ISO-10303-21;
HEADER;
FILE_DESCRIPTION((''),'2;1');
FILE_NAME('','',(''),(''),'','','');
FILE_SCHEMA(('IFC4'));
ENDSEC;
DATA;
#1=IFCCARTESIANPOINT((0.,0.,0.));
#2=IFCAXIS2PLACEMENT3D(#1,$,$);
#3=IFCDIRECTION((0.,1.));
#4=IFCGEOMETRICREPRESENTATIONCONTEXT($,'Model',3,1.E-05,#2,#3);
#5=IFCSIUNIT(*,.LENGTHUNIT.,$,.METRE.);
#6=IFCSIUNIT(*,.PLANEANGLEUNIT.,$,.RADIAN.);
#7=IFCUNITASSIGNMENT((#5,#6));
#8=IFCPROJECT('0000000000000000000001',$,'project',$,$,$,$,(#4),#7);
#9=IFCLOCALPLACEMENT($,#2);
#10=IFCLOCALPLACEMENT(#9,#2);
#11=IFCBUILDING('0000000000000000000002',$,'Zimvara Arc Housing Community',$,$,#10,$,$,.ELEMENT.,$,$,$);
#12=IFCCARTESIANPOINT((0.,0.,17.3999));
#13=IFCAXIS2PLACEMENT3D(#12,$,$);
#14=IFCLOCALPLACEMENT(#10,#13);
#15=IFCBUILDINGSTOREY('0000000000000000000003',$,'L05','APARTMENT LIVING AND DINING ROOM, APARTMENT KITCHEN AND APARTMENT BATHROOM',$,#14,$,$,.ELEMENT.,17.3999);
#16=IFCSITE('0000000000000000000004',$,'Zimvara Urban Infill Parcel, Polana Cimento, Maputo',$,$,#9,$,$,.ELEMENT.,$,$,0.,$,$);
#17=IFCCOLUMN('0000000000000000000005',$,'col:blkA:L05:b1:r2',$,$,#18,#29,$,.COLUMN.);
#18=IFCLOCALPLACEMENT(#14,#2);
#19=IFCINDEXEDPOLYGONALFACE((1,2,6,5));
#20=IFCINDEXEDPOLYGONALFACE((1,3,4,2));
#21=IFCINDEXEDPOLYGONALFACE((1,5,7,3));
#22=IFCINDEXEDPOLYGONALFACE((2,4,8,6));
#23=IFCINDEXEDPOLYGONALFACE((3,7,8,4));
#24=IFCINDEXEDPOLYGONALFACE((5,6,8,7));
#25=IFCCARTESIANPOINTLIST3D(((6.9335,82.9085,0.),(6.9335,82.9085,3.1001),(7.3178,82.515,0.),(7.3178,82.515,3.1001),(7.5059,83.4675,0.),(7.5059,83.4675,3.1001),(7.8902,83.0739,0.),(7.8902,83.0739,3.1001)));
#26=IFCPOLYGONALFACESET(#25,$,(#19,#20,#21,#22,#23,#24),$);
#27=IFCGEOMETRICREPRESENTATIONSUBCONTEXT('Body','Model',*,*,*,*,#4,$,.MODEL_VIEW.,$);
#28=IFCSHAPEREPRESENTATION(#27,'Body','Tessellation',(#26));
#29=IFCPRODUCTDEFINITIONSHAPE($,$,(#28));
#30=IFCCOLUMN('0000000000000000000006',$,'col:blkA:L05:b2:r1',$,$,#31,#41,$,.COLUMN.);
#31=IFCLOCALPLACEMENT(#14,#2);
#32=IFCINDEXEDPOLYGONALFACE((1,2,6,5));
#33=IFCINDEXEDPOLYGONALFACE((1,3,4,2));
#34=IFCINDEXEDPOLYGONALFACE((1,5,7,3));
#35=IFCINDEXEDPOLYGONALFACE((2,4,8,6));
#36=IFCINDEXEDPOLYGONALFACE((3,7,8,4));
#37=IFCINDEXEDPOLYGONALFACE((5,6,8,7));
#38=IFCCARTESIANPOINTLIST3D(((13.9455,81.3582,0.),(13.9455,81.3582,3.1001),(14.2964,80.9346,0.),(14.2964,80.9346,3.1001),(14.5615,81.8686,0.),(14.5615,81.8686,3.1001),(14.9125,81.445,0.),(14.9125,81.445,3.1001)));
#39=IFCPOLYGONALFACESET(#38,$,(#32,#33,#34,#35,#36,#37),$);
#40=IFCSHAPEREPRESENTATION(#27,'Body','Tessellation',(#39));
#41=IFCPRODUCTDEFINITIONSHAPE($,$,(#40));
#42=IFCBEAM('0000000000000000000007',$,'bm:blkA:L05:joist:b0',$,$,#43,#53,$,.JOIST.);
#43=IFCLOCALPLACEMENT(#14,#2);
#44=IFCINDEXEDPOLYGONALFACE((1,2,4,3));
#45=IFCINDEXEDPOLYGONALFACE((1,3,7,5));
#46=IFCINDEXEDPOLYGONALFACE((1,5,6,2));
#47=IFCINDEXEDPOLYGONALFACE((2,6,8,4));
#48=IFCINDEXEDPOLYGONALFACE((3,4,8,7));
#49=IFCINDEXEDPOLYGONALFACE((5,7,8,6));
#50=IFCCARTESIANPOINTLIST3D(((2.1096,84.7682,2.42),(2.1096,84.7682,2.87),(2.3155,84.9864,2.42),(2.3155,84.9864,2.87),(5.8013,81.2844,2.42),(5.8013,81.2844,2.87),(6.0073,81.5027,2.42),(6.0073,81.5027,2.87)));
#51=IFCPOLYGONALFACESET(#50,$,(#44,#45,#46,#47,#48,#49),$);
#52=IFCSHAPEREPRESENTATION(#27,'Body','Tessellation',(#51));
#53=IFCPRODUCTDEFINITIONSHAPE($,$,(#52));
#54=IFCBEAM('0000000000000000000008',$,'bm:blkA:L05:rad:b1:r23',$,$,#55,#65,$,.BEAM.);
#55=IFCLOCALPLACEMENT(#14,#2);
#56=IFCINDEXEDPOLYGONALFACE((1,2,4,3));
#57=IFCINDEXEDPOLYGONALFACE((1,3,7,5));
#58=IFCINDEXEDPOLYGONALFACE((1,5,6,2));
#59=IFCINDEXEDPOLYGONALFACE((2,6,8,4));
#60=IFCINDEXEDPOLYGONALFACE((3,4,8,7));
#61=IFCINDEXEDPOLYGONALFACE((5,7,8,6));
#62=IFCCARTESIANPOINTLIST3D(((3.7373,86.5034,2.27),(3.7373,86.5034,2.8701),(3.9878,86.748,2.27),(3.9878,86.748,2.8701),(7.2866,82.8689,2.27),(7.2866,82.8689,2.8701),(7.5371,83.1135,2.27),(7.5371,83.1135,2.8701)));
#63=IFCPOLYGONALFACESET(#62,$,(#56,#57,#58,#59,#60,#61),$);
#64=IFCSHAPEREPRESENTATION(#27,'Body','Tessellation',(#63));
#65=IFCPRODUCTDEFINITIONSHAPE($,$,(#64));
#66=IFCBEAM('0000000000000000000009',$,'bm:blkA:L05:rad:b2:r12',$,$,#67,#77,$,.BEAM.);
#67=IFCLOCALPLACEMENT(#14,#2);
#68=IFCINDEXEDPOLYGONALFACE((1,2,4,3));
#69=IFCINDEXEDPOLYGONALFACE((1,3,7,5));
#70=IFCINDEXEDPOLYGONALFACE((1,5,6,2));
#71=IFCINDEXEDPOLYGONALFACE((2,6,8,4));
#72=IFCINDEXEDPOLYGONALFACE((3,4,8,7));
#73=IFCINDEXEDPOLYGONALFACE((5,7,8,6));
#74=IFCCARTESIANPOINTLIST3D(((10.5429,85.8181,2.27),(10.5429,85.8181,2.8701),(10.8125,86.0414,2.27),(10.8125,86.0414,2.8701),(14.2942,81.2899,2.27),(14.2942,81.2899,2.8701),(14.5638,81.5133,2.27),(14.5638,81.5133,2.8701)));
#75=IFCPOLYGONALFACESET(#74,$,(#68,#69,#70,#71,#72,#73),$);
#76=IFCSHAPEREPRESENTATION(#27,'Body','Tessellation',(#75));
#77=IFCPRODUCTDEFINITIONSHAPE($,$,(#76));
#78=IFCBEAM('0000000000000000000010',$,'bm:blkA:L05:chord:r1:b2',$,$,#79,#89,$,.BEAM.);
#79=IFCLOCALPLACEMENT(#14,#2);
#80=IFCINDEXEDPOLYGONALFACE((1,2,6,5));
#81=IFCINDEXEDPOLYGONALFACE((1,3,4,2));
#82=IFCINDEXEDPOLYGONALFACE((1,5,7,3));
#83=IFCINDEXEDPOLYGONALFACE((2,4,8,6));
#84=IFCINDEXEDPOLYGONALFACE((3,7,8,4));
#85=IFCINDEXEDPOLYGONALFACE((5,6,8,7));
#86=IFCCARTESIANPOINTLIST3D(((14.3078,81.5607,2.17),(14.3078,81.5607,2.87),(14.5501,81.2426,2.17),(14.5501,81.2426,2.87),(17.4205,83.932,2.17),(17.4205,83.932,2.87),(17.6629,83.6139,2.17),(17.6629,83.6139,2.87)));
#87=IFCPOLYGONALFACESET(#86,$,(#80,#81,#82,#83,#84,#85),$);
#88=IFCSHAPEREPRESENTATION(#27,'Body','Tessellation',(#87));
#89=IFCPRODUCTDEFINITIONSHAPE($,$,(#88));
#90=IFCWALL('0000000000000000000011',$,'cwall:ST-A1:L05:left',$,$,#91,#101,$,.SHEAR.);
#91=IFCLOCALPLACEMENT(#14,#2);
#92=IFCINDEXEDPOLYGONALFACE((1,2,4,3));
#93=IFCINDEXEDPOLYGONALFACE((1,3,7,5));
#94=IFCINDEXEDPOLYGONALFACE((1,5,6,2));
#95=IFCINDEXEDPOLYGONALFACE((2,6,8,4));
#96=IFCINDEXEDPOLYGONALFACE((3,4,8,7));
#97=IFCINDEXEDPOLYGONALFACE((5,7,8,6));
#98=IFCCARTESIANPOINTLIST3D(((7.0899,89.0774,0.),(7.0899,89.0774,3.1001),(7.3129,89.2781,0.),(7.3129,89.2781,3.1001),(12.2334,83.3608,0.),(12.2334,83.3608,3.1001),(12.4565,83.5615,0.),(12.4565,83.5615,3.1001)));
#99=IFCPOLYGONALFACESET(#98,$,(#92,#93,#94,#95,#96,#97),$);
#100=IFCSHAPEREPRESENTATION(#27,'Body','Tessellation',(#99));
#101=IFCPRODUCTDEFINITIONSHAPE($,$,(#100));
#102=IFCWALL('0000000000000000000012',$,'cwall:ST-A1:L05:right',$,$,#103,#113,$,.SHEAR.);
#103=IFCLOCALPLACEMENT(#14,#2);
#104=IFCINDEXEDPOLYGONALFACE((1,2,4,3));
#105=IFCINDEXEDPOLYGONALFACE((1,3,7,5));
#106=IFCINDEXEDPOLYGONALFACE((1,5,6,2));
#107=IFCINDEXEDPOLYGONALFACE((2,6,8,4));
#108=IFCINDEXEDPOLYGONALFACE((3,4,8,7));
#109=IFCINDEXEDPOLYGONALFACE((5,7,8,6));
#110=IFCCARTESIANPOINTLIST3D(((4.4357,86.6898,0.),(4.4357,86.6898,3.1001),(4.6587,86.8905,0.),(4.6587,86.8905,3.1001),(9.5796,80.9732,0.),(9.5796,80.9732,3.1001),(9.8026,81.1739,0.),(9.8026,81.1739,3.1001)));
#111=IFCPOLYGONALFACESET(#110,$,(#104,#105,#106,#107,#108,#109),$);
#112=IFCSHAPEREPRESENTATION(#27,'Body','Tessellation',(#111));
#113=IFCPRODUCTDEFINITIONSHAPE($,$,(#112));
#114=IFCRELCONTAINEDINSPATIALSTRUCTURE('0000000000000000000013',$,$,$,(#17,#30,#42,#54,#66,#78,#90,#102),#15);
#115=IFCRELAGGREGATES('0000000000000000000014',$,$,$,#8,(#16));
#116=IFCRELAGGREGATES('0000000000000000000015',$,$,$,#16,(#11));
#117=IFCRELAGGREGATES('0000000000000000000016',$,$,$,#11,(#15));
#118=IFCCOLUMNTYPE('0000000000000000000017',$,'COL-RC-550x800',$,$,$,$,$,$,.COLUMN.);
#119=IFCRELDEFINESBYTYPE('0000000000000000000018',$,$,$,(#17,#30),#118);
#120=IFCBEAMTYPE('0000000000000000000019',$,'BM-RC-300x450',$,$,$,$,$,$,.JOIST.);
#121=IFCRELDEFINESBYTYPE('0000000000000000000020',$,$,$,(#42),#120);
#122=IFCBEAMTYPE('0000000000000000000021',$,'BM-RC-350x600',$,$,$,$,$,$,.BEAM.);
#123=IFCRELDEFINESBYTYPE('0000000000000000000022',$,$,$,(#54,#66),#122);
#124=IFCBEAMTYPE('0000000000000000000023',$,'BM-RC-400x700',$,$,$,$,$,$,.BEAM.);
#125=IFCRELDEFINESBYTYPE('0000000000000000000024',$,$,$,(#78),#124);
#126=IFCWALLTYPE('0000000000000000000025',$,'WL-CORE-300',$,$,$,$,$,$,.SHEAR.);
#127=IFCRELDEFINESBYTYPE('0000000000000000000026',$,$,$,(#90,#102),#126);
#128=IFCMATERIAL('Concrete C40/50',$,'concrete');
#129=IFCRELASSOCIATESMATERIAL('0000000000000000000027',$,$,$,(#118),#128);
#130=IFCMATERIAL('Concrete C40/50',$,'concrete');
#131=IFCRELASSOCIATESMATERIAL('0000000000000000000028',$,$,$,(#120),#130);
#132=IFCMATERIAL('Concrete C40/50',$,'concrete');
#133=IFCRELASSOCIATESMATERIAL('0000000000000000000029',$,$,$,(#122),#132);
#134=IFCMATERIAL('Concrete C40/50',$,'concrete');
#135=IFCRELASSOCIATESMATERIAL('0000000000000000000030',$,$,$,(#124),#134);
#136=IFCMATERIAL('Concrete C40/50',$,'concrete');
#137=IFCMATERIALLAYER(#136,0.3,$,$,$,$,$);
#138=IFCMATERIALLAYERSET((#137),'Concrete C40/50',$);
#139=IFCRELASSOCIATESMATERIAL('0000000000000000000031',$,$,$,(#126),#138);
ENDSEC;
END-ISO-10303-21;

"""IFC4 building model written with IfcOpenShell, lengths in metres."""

from ifc_helpers import new_model, si_unit, direction, frame, frame_2d, origin, origin_2d, place, context, subcontext, project, spatial, rectangle, extrude, material, layer, layer_set, material_profile, profile_set, type_object, element, save


model = new_model("IFC4")

# Units and contexts
model_context = context("Model", 3, precision=1e-05, world=origin(), true_north=direction((0.0, 1.0)))
body_context = subcontext(model_context, "Body", "Model", "MODEL_VIEW")
ifc_project = project(units=[si_unit("LENGTHUNIT", "METRE"), si_unit("PLANEANGLEUNIT", "RADIAN")], contexts=[model_context])

# Site, building, storey
site_placement = place(None, origin())
site = spatial("IfcSite", under=ifc_project, at=site_placement, Name="Zimvara Urban Infill Parcel, Polana Cimento, Maputo", CompositionType="ELEMENT", RefElevation=0.0)
building_placement = place(site_placement, origin())
building = spatial("IfcBuilding", under=site, at=building_placement, Name="Zimvara Arc Housing Community", CompositionType="ELEMENT")
storey_placement = place(building_placement, frame((0.0, 0.0, 17.3999)))
storey = spatial("IfcBuildingStorey", under=building, at=storey_placement, Name="L05", Description="APARTMENT LIVING AND DINING ROOM, APARTMENT KITCHEN AND APARTMENT BATHROOM", CompositionType="ELEMENT", Elevation=17.3999)

# Columns
ifc_material_1 = material(Name="Concrete C40/50", Category="concrete")
ifc_material_profile_1 = material_profile(ifc_material_1, rectangle(XDim=0.55, YDim=0.8, at=origin_2d()), Name="RC 550x800")
ifc_profile_set_1 = profile_set([ifc_material_profile_1], Name="Concrete C40/50")
column_type = type_object("IfcColumnType", Name="COL-RC-550x800", PredefinedType="COLUMN", material=ifc_profile_set_1)
for number, where, z_axis, x_axis, name in (
    (1, (7.4119, 82.9912, 0.0), (0.0, 0.0, 1.0), (-0.698665, 0.715449, 0.0), "col:blkA:L05:b1:r2"),
    (2, (14.429, 81.4016, 0.0), (0.0, 0.0, 1.0), (-0.637962, 0.770068, 0.0), "col:blkA:L05:b2:r1"),
):
    element("IfcColumn", number, at=place(storey_placement, frame(where, z_axis=z_axis, x_axis=x_axis)), inside=storey, type_object=column_type, Name=name, PredefinedType="COLUMN", context=body_context, shape_type="SweptSolid", body=[
        extrude(rectangle(XDim=0.55, YDim=0.8, at=origin_2d()), origin(), (0.0, 0.0, 1.0), 3.1001),
    ])

# Beams
ifc_material_2 = material(Name="Concrete C40/50", Category="concrete")
ifc_material_profile_2 = material_profile(ifc_material_2, rectangle(XDim=0.3, YDim=0.45, at=origin_2d()), Name="RC 300x450")
ifc_profile_set_2 = profile_set([ifc_material_profile_2], Name="Concrete C40/50")
beam_type_1 = type_object("IfcBeamType", Name="BM-RC-300x450", PredefinedType="JOIST", material=ifc_profile_set_2)
beam_1_placement = place(storey_placement, frame((5.9043, 81.3936, 2.645), z_axis=(-0.7273, 0.68632, 0.0), x_axis=(-0.68632, -0.7273, 0.0)))
element("IfcBeam", 3, at=beam_1_placement, inside=storey, type_object=beam_type_1, Name="bm:blkA:L05:joist:b0", PredefinedType="JOIST", context=body_context, shape_type="SweptSolid", body=[
    extrude(rectangle(XDim=0.3, YDim=0.45, at=origin_2d()), origin(), (0.0, 0.0, 1.0), 5.0759),
])
ifc_material_3 = material(Name="Concrete C40/50", Category="concrete")
ifc_material_profile_3 = material_profile(ifc_material_3, rectangle(XDim=0.3501, YDim=0.6001, at=origin_2d()), Name="RC 350x600")
ifc_profile_set_3 = profile_set([ifc_material_profile_3], Name="Concrete C40/50")
beam_type_2 = type_object("IfcBeamType", Name="BM-RC-350x600", PredefinedType="BEAM", material=ifc_profile_set_3)
beam_2_placement = place(storey_placement, frame((7.4119, 82.9912, 2.5701), z_axis=(-0.698671, 0.715443, 0.0), x_axis=(-0.715443, -0.698671, 0.0)))
element("IfcBeam", 4, at=beam_2_placement, inside=storey, type_object=beam_type_2, Name="bm:blkA:L05:rad:b1:r23", PredefinedType="BEAM", context=body_context, shape_type="SweptSolid", body=[
    extrude(rectangle(XDim=0.3501, YDim=0.6001, at=origin_2d()), origin(), (0.0, 0.0, 1.0), 5.0801),
])
beam_3_placement = place(storey_placement, frame((14.429, 81.4016, 2.5701), z_axis=(-0.637956, 0.770073, 0.0), x_axis=(-0.770073, -0.637956, 0.0)))
element("IfcBeam", 5, at=beam_3_placement, inside=storey, type_object=beam_type_2, Name="bm:blkA:L05:rad:b2:r12", PredefinedType="BEAM", context=body_context, shape_type="SweptSolid", body=[
    extrude(rectangle(XDim=0.3501, YDim=0.6001, at=origin_2d()), origin(), (0.0, 0.0, 1.0), 5.8801),
])
ifc_material_4 = material(Name="Concrete C40/50", Category="concrete")
ifc_material_profile_4 = material_profile(ifc_material_4, rectangle(XDim=0.3999, YDim=0.7, at=origin_2d()), Name="RC 400x700")
ifc_profile_set_4 = profile_set([ifc_material_profile_4], Name="Concrete C40/50")
beam_type_3 = type_object("IfcBeamType", Name="BM-RC-400x700", PredefinedType="BEAM", material=ifc_profile_set_4)
beam_4_placement = place(storey_placement, frame((14.429, 81.4016, 2.52), z_axis=(0.79547, 0.605992, 0.0), x_axis=(-0.605992, 0.79547, 0.0)))
element("IfcBeam", 6, at=beam_4_placement, inside=storey, type_object=beam_type_3, Name="bm:blkA:L05:chord:r1:b2", PredefinedType="BEAM", context=body_context, shape_type="SweptSolid", body=[
    extrude(rectangle(XDim=0.3999, YDim=0.7, at=origin_2d()), origin(), (0.0, 0.0, 1.0), 3.9131),
])

# Shared definitions
ifc_material_5 = material(Name="Concrete C40/50", Category="concrete")
ifc_layer_1 = layer(ifc_material_5, 0.3)
ifc_layer_set_1 = layer_set([ifc_layer_1], Name="Concrete C40/50")
wall_type_1 = type_object("IfcWallType", Name="WL-CORE-300", PredefinedType="SHEAR", material=ifc_layer_set_1)

# Walls
wall_1_placement = place(storey_placement, frame((12.345, 83.4612, 0.0), z_axis=(0.0, 0.0, 1.0), x_axis=(-0.668868, 0.743381, 0.0)))
element("IfcWall", 7, at=wall_1_placement, inside=storey, type_object=wall_type_1, Name="cwall:ST-A1:L05:left", PredefinedType="SHEAR", context=body_context, shape_type="SweptSolid", body=[
    extrude(rectangle(XDim=7.6899, YDim=0.3, at=frame_2d((3.845, 0.0))), origin(), (0.0, 0.0, 1.0), 3.1001),
])
wall_2_placement = place(storey_placement, frame((9.6912, 81.0735, 0.0), z_axis=(0.0, 0.0, 1.0), x_axis=(-0.668886, 0.743365, 0.0)))
element("IfcWall", 8, at=wall_2_placement, inside=storey, type_object=wall_type_1, Name="cwall:ST-A1:L05:right", PredefinedType="SHEAR", context=body_context, shape_type="SweptSolid", body=[
    extrude(rectangle(XDim=7.6902, YDim=0.3, at=frame_2d((3.8452, 0.0))), origin(), (0.0, 0.0, 1.0), 3.1001),
])

save(model, "model.ifc")
